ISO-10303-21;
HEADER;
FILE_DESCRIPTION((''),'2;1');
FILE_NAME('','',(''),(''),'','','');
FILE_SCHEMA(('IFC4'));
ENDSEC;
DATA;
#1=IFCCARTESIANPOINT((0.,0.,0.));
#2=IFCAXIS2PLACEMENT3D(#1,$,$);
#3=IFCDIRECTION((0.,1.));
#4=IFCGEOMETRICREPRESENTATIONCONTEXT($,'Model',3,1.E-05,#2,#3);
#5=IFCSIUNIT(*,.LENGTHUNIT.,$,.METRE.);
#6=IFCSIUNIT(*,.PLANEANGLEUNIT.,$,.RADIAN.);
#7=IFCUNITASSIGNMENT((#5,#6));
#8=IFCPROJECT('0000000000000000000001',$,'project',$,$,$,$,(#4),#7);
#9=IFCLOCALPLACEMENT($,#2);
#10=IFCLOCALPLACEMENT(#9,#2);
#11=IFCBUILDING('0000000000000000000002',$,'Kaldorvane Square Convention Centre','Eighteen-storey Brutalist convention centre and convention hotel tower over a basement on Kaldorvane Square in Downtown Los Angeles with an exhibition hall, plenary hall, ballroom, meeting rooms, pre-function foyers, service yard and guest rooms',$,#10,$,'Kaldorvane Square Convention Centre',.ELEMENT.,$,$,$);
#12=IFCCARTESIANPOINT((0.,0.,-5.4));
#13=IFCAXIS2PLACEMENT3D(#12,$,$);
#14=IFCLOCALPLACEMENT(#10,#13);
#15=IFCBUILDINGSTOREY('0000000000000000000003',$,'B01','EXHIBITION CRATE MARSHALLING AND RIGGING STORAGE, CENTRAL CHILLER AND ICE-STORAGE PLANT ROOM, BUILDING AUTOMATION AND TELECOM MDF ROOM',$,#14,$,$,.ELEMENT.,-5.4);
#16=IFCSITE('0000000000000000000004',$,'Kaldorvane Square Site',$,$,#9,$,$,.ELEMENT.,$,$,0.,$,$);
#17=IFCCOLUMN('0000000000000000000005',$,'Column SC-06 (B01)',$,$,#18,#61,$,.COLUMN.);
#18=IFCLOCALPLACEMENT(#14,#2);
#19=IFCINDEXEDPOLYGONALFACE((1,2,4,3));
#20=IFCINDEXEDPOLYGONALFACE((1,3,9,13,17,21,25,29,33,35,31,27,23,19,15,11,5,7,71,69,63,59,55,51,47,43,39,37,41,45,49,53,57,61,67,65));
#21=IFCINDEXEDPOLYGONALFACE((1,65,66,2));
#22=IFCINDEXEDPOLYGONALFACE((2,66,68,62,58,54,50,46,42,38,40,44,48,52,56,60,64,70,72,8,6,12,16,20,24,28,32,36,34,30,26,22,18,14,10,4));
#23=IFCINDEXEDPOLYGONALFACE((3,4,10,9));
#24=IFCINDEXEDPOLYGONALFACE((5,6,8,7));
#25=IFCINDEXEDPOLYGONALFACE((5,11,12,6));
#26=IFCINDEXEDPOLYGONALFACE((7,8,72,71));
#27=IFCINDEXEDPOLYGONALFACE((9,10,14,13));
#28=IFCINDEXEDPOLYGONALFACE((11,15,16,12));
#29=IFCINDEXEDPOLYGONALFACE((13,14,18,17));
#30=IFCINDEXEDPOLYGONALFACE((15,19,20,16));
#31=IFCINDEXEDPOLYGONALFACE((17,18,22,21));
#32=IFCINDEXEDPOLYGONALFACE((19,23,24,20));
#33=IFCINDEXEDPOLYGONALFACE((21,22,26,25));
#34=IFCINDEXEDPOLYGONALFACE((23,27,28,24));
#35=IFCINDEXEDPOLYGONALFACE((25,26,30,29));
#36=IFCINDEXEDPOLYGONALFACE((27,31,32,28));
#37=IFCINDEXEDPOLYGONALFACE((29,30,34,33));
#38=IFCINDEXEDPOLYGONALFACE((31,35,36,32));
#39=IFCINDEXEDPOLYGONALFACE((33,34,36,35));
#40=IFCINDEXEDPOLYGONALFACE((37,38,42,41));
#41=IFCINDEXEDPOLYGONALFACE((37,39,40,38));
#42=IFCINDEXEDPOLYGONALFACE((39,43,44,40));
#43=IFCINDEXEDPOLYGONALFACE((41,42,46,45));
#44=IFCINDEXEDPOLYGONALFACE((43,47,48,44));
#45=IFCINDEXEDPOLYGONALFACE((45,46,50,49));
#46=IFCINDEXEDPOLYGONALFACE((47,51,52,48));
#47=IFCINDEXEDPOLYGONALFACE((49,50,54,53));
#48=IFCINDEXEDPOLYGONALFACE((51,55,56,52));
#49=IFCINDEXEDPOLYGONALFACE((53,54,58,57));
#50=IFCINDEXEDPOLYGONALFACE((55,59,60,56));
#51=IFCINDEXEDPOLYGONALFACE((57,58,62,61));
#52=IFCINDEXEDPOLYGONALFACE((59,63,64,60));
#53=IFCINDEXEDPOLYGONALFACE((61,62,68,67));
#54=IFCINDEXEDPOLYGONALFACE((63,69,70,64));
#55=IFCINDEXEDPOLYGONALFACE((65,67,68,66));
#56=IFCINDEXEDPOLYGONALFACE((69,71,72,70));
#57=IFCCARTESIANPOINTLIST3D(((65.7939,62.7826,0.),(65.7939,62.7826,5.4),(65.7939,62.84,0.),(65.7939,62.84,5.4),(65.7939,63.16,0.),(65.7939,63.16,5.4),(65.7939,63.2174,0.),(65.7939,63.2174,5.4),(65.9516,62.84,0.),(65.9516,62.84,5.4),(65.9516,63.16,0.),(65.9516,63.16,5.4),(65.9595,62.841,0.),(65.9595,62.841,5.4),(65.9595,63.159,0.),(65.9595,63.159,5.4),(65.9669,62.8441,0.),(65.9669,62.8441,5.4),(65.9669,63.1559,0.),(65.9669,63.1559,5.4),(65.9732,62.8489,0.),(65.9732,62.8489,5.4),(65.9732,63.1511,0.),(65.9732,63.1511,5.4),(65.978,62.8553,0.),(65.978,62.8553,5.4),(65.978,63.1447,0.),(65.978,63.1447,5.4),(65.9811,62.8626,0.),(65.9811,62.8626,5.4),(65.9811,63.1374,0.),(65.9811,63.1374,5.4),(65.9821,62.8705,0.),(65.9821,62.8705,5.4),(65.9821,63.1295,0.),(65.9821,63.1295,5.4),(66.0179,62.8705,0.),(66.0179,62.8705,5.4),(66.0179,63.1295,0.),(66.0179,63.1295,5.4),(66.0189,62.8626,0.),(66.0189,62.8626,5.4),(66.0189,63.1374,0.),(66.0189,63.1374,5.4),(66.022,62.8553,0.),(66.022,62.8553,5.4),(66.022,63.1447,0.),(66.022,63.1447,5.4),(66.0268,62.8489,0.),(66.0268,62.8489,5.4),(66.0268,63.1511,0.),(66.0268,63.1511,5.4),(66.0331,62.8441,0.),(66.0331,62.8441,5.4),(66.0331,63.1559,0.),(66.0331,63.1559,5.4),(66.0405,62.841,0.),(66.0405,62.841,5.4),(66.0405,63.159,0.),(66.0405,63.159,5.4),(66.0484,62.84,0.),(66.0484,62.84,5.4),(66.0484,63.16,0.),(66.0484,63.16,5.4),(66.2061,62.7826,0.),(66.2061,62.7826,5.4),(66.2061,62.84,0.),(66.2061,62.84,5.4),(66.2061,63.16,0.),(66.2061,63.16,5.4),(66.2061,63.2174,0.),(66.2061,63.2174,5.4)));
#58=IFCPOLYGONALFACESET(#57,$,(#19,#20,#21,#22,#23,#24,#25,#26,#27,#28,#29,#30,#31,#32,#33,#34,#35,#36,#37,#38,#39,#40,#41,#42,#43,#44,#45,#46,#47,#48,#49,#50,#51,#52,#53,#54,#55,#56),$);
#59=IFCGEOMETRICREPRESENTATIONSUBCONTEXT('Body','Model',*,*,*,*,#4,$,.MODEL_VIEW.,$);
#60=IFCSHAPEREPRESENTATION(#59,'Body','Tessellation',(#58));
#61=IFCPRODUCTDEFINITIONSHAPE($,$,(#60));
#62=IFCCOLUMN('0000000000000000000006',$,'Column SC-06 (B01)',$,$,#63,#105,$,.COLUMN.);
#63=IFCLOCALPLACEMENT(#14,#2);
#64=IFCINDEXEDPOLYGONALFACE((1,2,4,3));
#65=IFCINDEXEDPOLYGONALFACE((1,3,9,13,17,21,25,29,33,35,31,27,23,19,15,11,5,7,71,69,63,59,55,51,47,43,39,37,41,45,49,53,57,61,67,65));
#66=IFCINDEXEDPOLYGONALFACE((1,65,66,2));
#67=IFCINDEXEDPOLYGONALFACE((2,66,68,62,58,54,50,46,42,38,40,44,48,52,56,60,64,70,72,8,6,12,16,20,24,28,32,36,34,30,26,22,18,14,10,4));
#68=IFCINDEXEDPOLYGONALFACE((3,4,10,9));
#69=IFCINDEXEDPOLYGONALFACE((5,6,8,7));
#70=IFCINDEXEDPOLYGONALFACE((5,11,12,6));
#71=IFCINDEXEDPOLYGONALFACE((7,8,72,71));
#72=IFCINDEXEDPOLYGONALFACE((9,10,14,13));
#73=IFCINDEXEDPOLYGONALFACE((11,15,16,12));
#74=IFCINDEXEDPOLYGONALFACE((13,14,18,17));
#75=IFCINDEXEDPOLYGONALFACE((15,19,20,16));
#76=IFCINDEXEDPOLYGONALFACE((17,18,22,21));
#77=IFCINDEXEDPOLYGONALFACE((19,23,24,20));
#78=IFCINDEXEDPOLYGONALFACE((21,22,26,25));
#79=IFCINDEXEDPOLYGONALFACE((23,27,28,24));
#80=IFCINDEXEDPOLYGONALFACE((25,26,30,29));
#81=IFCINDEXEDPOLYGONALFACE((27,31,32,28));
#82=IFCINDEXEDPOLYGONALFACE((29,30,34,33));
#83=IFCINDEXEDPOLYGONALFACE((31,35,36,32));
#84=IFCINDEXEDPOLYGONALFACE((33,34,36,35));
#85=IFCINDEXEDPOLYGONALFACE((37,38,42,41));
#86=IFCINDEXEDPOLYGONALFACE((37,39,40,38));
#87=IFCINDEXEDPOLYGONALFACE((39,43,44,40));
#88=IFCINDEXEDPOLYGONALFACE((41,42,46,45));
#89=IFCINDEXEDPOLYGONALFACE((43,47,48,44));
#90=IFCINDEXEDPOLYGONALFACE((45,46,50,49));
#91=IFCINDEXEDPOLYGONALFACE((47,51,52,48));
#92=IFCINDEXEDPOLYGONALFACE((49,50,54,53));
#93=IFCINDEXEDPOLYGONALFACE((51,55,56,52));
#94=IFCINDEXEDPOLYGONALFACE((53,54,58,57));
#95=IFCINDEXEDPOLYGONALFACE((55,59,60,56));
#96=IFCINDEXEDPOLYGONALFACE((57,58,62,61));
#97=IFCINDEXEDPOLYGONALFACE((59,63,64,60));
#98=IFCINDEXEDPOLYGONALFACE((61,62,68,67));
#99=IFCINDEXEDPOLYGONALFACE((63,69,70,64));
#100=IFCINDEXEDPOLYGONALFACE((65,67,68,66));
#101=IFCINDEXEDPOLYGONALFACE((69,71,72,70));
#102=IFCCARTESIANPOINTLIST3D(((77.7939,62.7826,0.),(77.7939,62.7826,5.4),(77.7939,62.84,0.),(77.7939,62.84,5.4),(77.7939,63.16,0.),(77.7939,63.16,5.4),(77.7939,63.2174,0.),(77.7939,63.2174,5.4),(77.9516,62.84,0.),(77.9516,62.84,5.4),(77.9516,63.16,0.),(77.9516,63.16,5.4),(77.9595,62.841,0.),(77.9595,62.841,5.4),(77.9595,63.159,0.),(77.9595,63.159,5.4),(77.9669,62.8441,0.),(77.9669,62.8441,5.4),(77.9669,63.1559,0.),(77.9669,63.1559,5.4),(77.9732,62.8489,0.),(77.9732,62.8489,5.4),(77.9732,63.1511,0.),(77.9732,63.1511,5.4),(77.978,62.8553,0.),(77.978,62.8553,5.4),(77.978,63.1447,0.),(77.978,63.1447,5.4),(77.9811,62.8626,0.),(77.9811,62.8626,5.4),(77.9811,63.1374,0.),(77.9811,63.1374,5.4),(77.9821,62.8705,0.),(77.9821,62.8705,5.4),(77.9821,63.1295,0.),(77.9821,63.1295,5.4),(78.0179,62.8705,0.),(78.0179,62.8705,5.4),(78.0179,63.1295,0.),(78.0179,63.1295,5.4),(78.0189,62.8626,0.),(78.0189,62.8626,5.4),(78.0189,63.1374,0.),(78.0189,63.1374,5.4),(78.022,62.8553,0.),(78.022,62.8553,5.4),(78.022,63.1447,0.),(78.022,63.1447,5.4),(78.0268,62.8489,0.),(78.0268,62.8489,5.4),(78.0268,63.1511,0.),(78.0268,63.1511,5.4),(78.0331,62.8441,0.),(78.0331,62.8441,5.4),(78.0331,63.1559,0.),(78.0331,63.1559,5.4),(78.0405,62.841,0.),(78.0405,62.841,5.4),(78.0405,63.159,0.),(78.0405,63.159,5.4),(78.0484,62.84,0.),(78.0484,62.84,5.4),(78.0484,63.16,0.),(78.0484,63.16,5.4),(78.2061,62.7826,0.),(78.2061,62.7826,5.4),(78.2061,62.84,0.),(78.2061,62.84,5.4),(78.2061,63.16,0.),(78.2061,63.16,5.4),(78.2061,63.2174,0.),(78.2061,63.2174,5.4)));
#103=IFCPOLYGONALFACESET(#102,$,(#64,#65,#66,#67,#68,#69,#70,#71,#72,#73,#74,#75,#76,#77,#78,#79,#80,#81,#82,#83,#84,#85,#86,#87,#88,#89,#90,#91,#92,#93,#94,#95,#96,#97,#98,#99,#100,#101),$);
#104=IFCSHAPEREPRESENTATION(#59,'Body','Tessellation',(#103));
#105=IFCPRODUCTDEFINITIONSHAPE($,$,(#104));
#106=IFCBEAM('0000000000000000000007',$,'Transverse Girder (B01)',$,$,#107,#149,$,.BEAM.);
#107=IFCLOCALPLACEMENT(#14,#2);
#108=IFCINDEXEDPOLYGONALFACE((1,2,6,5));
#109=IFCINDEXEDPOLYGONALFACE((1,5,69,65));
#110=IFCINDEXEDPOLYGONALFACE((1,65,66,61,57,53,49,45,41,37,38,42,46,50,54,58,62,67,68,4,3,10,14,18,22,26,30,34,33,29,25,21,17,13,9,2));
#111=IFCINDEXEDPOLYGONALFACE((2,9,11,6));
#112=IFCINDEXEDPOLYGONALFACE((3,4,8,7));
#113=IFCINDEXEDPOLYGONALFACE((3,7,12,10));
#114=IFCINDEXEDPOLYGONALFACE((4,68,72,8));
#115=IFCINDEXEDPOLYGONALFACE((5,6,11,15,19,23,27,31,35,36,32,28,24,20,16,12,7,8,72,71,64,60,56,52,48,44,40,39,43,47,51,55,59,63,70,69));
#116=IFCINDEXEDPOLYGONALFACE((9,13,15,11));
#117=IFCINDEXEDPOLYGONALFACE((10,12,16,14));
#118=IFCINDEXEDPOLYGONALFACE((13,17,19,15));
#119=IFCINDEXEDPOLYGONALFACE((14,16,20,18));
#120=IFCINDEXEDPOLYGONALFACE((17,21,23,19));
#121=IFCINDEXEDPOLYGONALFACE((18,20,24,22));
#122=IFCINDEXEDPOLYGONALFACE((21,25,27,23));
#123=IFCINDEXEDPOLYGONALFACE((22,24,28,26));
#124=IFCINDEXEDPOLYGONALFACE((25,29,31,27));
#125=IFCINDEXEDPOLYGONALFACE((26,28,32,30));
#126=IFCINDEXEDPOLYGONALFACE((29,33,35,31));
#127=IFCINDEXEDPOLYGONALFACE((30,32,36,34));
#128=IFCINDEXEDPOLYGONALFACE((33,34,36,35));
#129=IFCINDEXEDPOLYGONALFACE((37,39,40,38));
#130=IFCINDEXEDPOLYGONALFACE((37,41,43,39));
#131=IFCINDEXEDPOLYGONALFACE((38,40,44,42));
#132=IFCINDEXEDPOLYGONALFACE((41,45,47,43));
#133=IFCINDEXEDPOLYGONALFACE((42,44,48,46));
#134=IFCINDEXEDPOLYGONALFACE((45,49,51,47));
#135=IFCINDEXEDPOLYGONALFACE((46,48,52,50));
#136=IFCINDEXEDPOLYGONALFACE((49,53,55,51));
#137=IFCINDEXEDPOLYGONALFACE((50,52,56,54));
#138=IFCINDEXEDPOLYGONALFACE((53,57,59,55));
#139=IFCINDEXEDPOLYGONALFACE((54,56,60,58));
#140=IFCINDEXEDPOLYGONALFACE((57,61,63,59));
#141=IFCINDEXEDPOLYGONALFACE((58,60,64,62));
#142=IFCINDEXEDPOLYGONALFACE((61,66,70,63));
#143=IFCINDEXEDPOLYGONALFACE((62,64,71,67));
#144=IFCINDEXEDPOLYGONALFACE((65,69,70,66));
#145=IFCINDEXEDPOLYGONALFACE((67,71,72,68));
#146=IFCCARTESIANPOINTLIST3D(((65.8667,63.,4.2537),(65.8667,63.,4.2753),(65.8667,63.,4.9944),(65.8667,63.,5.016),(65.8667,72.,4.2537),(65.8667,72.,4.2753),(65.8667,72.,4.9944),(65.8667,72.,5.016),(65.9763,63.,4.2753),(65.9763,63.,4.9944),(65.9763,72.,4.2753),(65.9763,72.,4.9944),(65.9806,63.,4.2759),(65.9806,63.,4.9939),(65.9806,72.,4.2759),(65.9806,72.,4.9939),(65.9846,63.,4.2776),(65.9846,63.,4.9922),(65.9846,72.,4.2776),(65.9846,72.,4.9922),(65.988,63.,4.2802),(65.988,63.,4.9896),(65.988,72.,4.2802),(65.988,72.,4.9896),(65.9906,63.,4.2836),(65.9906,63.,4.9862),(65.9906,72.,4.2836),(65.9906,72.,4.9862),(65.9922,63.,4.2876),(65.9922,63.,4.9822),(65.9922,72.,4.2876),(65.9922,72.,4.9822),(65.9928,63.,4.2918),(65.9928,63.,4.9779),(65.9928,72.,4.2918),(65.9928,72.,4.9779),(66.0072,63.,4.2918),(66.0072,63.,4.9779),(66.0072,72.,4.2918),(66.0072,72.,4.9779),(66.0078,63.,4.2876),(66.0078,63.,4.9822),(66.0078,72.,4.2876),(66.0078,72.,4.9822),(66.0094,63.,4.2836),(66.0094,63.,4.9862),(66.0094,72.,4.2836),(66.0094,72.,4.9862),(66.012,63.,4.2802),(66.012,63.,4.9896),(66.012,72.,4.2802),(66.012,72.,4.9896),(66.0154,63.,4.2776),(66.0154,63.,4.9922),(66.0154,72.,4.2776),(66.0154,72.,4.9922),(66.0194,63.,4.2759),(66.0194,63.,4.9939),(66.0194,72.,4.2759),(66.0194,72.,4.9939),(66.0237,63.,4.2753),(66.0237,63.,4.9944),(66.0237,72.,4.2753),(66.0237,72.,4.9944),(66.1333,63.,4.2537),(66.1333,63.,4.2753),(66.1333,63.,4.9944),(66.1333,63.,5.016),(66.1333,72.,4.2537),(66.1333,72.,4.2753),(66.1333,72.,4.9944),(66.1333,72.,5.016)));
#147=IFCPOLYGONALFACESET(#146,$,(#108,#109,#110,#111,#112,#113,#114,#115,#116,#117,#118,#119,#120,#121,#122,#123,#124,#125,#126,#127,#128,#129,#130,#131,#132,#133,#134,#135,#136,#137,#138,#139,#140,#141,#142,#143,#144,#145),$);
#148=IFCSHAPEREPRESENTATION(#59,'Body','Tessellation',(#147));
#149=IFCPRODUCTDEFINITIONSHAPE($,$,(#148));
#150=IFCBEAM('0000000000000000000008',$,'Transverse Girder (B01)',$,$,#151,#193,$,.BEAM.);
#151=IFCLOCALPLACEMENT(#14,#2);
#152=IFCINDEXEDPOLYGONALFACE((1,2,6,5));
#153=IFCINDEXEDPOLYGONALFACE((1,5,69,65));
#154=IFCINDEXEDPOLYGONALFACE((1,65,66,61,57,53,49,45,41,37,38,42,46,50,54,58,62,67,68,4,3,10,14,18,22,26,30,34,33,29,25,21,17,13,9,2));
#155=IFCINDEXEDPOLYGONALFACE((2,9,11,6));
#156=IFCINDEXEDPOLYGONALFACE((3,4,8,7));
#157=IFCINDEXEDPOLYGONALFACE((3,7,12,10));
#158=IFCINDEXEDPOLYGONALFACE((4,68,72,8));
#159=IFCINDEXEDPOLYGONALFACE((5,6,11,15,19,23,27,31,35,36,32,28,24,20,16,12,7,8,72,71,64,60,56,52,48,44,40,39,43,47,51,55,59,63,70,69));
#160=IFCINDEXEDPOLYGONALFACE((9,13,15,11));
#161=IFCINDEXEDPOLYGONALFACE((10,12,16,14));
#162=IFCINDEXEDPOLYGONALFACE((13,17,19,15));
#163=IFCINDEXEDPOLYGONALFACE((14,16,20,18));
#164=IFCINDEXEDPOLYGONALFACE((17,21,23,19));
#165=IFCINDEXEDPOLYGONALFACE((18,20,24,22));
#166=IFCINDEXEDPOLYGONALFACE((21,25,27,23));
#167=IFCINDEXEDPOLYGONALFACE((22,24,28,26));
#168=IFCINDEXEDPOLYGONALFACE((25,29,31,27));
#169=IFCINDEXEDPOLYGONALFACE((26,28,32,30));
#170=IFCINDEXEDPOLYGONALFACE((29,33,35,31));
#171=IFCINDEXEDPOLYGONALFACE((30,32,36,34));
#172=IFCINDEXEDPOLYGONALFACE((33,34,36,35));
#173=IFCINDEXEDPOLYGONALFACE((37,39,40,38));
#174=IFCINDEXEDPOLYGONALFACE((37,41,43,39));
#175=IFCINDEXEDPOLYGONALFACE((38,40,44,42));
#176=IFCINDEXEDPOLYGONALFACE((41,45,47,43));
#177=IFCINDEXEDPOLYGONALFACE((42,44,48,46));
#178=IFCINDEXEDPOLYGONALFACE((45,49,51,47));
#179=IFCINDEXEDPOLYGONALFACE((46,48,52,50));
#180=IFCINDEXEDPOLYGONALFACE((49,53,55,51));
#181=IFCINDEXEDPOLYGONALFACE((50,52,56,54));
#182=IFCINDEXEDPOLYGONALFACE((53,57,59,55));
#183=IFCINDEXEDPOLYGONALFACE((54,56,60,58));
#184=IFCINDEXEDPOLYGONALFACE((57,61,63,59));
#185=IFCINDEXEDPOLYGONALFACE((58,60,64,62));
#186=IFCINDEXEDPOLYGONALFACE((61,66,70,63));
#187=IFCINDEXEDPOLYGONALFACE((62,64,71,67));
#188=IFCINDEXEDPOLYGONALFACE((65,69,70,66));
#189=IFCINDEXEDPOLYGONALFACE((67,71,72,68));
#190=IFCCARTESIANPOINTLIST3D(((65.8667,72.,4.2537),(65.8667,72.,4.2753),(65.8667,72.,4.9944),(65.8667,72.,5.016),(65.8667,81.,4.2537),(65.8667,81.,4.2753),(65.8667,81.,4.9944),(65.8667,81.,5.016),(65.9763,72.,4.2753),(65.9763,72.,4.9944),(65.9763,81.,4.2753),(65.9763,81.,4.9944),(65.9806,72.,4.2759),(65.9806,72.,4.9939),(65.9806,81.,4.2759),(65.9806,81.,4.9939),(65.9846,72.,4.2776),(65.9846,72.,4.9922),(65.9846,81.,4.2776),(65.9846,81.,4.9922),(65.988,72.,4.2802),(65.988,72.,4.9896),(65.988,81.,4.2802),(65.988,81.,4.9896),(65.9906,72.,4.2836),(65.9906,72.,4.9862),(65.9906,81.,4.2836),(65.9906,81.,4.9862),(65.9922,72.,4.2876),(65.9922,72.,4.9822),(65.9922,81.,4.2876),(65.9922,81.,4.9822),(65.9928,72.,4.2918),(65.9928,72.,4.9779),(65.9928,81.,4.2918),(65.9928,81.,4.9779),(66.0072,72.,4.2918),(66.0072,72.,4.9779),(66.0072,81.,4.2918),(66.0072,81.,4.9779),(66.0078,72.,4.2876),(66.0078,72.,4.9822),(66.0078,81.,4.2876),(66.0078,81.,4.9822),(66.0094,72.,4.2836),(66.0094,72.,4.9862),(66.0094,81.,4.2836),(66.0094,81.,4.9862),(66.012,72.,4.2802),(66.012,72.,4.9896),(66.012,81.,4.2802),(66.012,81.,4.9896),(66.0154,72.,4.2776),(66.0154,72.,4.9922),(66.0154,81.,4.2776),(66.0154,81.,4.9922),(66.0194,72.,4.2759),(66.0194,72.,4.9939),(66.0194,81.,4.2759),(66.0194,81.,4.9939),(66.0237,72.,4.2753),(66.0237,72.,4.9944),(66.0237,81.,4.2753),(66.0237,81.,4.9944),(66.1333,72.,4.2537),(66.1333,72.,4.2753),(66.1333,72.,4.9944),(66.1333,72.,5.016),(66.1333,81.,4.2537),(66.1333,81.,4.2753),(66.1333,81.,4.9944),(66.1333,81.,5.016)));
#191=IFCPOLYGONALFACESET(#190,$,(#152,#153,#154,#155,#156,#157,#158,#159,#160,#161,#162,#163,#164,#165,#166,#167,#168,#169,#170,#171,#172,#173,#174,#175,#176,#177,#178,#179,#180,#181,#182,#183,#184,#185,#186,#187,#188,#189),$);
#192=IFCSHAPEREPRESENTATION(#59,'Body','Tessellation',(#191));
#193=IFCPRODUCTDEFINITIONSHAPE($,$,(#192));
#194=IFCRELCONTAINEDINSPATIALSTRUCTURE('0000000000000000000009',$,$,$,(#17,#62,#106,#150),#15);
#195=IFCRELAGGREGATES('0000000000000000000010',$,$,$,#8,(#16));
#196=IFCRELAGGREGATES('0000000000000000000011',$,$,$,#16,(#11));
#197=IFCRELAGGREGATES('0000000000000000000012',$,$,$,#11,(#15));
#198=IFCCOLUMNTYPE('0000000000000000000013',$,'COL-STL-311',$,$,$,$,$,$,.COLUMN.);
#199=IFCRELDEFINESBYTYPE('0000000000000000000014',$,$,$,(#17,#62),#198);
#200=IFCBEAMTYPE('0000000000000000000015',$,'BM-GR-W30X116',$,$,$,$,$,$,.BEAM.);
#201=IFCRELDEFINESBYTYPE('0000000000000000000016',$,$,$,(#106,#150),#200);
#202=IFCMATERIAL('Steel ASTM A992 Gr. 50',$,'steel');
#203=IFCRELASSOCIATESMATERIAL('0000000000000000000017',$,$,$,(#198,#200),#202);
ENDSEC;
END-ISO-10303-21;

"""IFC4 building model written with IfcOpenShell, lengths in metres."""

from ifc_helpers import new_model, si_unit, direction, frame, origin, origin_2d, place, context, subcontext, project, spatial, i_section, extrude, material, material_profile, profile_set, type_object, element, save


model = new_model("IFC4")

# Units and contexts
model_context = context("Model", 3, precision=1e-05, world=origin(), true_north=direction((0.0, 1.0)))
body_context = subcontext(model_context, "Body", "Model", "MODEL_VIEW")
ifc_project = project(units=[si_unit("LENGTHUNIT", "METRE"), si_unit("PLANEANGLEUNIT", "RADIAN")], contexts=[model_context])

# Site, building, storey
site_placement = place(None, origin())
site = spatial("IfcSite", under=ifc_project, at=site_placement, Name="Kaldorvane Square Site", CompositionType="ELEMENT", RefElevation=0.0)
building_placement = place(site_placement, origin())
building = spatial("IfcBuilding", under=site, at=building_placement, Name="Kaldorvane Square Convention Centre", Description="Eighteen-storey Brutalist convention centre and convention hotel tower over a basement on Kaldorvane Square in Downtown Los Angeles with an exhibition hall, plenary hall, ballroom, meeting rooms, pre-function foyers, service yard and guest rooms", LongName="Kaldorvane Square Convention Centre", CompositionType="ELEMENT")
storey_placement = place(building_placement, frame((0.0, 0.0, -5.4)))
storey = spatial("IfcBuildingStorey", under=building, at=storey_placement, Name="B01", Description="EXHIBITION CRATE MARSHALLING AND RIGGING STORAGE, CENTRAL CHILLER AND ICE-STORAGE PLANT ROOM, BUILDING AUTOMATION AND TELECOM MDF ROOM", CompositionType="ELEMENT", Elevation=-5.4)

# Columns
ifc_material_1 = material(Name="Steel ASTM A992 Gr. 50", Category="steel")
ifc_material_profile_1 = material_profile(ifc_material_1, i_section(OverallWidth=0.4122, OverallDepth=0.4348, WebThickness=0.0358, FlangeThickness=0.0574, FilletRadius=0.0305, at=origin_2d()), Name="W14X311")
ifc_profile_set_1 = profile_set([ifc_material_profile_1], Name="Steel ASTM A992 Gr. 50")
column_type_1 = type_object("IfcColumnType", Name="COL-STL-311", PredefinedType="COLUMN", material=ifc_profile_set_1)
for number, where, z_axis, x_axis, name in (
    (1, (66.0, 63.0, 0.0), (0.0, 0.0, 1.0), (1.0, 0.0, 0.0), "Column SC-06 (B01)"),
    (2, (78.0, 63.0, 0.0), (0.0, 0.0, 1.0), (1.0, 0.0, 0.0), "Column SC-06 (B01)"),
):
    element("IfcColumn", number, at=place(storey_placement, frame(where, z_axis=z_axis, x_axis=x_axis)), inside=storey, type_object=column_type_1, Name=name, PredefinedType="COLUMN", context=body_context, shape_type="SweptSolid", body=[
        extrude(i_section(OverallWidth=0.4122, OverallDepth=0.4348, WebThickness=0.0358, FlangeThickness=0.0574, FilletRadius=0.0305, at=origin_2d()), origin(), (0.0, 0.0, 1.0), 5.4),
    ])

# Beams
ifc_material_profile_2 = material_profile(ifc_material_1, i_section(OverallWidth=0.2666, OverallDepth=0.7623, WebThickness=0.0144, FlangeThickness=0.0216, FilletRadius=0.0165, at=origin_2d()), Name="W30X116")
ifc_profile_set_2 = profile_set([ifc_material_profile_2], Name="Steel ASTM A992 Gr. 50")
beam_type_1 = type_object("IfcBeamType", Name="BM-GR-W30X116", PredefinedType="BEAM", material=ifc_profile_set_2)
for number, where, z_axis, x_axis, name in (
    (3, (66.0, 63.0, 4.6349), (0.0, 1.0, 0.0), (-1.0, 0.0, 0.0), "Transverse Girder (B01)"),
    (4, (66.0, 72.0, 4.6349), (0.0, 1.0, 0.0), (-1.0, 0.0, 0.0), "Transverse Girder (B01)"),
):
    element("IfcBeam", number, at=place(storey_placement, frame(where, z_axis=z_axis, x_axis=x_axis)), inside=storey, type_object=beam_type_1, Name=name, PredefinedType="BEAM", context=body_context, shape_type="SweptSolid", body=[
        extrude(i_section(OverallWidth=0.2666, OverallDepth=0.7623, WebThickness=0.0144, FlangeThickness=0.0216, FilletRadius=0.0165, at=origin_2d()), origin(), (0.0, 0.0, 1.0), 9.0),
    ])

save(model, "model.ifc")
